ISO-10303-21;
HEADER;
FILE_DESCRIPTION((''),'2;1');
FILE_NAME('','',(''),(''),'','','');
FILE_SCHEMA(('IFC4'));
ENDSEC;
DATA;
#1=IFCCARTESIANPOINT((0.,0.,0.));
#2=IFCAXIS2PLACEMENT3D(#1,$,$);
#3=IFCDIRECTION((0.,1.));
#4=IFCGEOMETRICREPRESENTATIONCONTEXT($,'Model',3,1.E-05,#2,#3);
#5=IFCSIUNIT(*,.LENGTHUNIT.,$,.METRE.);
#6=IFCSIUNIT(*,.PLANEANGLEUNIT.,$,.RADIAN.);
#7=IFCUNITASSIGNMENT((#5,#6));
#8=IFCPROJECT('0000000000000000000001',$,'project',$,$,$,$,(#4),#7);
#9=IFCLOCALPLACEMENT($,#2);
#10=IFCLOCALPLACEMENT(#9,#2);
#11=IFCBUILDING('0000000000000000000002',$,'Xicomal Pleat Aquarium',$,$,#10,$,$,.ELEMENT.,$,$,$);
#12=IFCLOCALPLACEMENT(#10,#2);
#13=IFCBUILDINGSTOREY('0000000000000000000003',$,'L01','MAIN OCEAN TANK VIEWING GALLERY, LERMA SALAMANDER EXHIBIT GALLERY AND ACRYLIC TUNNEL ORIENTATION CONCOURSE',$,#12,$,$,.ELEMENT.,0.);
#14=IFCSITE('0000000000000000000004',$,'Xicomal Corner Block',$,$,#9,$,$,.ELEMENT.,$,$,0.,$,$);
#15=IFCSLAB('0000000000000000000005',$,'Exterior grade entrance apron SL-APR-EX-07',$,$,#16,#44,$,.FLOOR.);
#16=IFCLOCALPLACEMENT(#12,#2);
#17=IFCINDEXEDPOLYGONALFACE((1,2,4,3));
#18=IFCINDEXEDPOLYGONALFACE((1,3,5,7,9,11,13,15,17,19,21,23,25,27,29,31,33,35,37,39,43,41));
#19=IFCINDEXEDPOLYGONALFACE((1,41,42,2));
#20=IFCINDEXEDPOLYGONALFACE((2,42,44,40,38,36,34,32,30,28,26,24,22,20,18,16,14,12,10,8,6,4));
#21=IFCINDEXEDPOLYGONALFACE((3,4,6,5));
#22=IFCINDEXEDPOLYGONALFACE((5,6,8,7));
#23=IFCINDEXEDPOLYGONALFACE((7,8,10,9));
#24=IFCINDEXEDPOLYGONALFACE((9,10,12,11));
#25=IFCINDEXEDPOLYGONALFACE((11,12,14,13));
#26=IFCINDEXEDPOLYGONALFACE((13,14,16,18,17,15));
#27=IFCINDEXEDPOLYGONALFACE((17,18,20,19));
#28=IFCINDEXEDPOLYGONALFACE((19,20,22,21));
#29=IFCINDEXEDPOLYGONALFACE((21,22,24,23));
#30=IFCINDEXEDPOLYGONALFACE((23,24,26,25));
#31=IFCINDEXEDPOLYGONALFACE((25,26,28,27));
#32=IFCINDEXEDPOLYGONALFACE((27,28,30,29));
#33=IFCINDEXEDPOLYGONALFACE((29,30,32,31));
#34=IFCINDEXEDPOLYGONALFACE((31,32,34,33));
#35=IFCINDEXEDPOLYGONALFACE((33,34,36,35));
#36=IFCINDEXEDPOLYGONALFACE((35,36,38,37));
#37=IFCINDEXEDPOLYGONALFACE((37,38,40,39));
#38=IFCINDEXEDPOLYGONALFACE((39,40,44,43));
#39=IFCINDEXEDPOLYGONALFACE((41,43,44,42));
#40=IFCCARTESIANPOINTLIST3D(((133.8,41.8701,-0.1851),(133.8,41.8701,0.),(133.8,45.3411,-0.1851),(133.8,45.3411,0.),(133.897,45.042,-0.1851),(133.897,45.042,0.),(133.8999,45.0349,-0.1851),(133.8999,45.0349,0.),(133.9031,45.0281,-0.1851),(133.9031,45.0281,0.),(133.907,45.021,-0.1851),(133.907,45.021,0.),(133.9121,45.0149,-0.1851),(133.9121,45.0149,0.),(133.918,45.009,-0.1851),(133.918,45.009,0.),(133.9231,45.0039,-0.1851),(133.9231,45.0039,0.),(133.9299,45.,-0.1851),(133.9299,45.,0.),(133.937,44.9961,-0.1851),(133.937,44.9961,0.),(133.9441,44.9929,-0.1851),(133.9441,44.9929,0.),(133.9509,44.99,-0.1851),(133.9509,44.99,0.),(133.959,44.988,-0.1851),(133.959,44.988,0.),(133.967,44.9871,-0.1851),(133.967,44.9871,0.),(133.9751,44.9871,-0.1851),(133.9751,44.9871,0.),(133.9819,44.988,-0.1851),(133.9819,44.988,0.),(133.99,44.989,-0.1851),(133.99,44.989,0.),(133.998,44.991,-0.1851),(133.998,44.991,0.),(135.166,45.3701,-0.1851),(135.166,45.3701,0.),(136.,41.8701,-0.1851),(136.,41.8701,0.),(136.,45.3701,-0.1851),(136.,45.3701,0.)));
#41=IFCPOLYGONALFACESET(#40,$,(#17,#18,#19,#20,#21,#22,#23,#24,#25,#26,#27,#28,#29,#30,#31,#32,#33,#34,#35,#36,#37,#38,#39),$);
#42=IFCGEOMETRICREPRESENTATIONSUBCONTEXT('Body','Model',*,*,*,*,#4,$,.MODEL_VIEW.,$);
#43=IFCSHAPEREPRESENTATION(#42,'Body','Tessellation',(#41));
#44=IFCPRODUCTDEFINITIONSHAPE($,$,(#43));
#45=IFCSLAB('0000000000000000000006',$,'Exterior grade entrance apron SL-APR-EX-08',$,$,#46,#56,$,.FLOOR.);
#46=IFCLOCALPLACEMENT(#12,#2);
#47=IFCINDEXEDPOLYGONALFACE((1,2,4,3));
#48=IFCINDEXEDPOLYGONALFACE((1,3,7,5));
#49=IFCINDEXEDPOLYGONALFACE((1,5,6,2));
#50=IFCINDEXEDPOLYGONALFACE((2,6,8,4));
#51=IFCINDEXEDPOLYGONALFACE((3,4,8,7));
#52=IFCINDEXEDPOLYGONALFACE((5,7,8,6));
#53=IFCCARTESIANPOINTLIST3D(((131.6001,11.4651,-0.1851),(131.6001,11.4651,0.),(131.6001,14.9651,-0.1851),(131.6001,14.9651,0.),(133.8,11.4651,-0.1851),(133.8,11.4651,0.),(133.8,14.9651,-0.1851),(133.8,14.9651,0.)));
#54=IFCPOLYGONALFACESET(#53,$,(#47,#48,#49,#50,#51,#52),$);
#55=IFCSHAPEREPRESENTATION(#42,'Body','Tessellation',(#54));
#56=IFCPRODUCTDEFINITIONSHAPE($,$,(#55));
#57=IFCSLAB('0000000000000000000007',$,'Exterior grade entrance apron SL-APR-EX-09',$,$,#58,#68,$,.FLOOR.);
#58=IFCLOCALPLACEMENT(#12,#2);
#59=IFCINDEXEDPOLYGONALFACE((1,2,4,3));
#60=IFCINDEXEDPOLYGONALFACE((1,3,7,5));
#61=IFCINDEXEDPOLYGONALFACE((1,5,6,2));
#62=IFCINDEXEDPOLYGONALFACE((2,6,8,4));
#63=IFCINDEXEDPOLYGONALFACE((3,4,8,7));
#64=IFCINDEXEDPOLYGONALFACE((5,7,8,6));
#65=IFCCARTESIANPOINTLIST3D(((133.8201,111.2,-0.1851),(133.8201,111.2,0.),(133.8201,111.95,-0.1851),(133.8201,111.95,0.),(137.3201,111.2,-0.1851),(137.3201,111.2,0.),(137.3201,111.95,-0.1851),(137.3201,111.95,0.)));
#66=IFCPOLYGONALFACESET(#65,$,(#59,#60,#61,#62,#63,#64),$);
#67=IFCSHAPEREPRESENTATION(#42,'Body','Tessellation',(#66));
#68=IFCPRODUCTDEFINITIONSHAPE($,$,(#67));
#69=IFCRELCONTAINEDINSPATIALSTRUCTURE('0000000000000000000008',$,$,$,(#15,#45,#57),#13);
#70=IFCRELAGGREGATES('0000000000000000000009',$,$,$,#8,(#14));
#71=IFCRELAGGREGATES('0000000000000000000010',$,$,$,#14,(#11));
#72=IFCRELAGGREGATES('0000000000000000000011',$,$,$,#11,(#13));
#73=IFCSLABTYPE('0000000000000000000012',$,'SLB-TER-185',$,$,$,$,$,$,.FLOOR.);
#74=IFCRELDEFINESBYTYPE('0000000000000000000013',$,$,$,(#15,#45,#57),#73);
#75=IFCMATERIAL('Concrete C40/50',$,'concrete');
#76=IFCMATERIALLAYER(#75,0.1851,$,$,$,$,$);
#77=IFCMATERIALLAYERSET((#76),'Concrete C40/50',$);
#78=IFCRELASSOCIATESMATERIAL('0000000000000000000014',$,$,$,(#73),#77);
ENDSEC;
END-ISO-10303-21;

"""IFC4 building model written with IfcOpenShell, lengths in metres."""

from ifc_helpers import new_model, si_unit, direction, frame, origin, place, context, subcontext, project, spatial, polyline, outline, extrude, material, layer, layer_set, type_object, element, save


model = new_model("IFC4")

# Units and contexts
model_context = context("Model", 3, precision=1e-05, world=origin(), true_north=direction((0.0, 1.0)))
body_context = subcontext(model_context, "Body", "Model", "MODEL_VIEW")
ifc_project = project(units=[si_unit("LENGTHUNIT", "METRE"), si_unit("PLANEANGLEUNIT", "RADIAN")], contexts=[model_context])

# Site, building, storey
site_placement = place(None, origin())
site = spatial("IfcSite", under=ifc_project, at=site_placement, Name="Xicomal Corner Block", CompositionType="ELEMENT", RefElevation=0.0)
building_placement = place(site_placement, origin())
building = spatial("IfcBuilding", under=site, at=building_placement, Name="Xicomal Pleat Aquarium", CompositionType="ELEMENT")
storey_placement = place(building_placement, origin())
storey = spatial("IfcBuildingStorey", under=building, at=storey_placement, Name="L01", Description="MAIN OCEAN TANK VIEWING GALLERY, LERMA SALAMANDER EXHIBIT GALLERY AND ACRYLIC TUNNEL ORIENTATION CONCOURSE", CompositionType="ELEMENT", Elevation=0.0)

# Slabs
ifc_material_1 = material(Name="Concrete C40/50", Category="concrete")
ifc_layer_1 = layer(ifc_material_1, 0.1851)
ifc_layer_set_1 = layer_set([ifc_layer_1], Name="Concrete C40/50")
slab_type_1 = type_object("IfcSlabType", Name="SLB-TER-185", PredefinedType="FLOOR", material=ifc_layer_set_1)
slab_1_placement = place(storey_placement, frame((0.0, 0.0, -0.1851)))
element("IfcSlab", 1, at=slab_1_placement, inside=storey, type_object=slab_type_1, Name="Exterior grade entrance apron SL-APR-EX-07", PredefinedType="FLOOR", context=body_context, shape_type="SweptSolid", body=[
    extrude(outline(polyline([(136.0, 45.3701), (136.0, 41.8701), (133.8, 41.8701), (133.8, 45.3411), (133.897, 45.042), (133.8999, 45.0349), (133.9031, 45.0281), (133.907, 45.021), (133.9121, 45.0149), (133.918, 45.009), (133.9231, 45.0039), (133.9299, 45.0), (133.937, 44.9961), (133.9441, 44.9929), (133.9509, 44.99), (133.959, 44.988), (133.967, 44.9871), (133.9751, 44.9871), (133.9819, 44.988), (133.99, 44.989), (133.998, 44.991), (135.166, 45.3701), (136.0, 45.3701)])), origin(), (0.0, 0.0, 1.0), 0.1851),
])
slab_2_placement = place(storey_placement, frame((0.0, 0.0, -0.1851)))
element("IfcSlab", 2, at=slab_2_placement, inside=storey, type_object=slab_type_1, Name="Exterior grade entrance apron SL-APR-EX-08", PredefinedType="FLOOR", context=body_context, shape_type="SweptSolid", body=[
    extrude(outline(polyline([(131.6001, 11.4651), (131.6001, 14.9651), (133.8, 14.9651), (133.8, 11.4651), (131.6001, 11.4651)])), origin(), (0.0, 0.0, 1.0), 0.1851),
])
slab_3_placement = place(storey_placement, frame((0.0, 0.0, -0.1851)))
element("IfcSlab", 3, at=slab_3_placement, inside=storey, type_object=slab_type_1, Name="Exterior grade entrance apron SL-APR-EX-09", PredefinedType="FLOOR", context=body_context, shape_type="SweptSolid", body=[
    extrude(outline(polyline([(133.8201, 111.95), (137.3201, 111.95), (137.3201, 111.2), (133.8201, 111.2), (133.8201, 111.95)])), origin(), (0.0, 0.0, 1.0), 0.1851),
])

save(model, "model.ifc")
